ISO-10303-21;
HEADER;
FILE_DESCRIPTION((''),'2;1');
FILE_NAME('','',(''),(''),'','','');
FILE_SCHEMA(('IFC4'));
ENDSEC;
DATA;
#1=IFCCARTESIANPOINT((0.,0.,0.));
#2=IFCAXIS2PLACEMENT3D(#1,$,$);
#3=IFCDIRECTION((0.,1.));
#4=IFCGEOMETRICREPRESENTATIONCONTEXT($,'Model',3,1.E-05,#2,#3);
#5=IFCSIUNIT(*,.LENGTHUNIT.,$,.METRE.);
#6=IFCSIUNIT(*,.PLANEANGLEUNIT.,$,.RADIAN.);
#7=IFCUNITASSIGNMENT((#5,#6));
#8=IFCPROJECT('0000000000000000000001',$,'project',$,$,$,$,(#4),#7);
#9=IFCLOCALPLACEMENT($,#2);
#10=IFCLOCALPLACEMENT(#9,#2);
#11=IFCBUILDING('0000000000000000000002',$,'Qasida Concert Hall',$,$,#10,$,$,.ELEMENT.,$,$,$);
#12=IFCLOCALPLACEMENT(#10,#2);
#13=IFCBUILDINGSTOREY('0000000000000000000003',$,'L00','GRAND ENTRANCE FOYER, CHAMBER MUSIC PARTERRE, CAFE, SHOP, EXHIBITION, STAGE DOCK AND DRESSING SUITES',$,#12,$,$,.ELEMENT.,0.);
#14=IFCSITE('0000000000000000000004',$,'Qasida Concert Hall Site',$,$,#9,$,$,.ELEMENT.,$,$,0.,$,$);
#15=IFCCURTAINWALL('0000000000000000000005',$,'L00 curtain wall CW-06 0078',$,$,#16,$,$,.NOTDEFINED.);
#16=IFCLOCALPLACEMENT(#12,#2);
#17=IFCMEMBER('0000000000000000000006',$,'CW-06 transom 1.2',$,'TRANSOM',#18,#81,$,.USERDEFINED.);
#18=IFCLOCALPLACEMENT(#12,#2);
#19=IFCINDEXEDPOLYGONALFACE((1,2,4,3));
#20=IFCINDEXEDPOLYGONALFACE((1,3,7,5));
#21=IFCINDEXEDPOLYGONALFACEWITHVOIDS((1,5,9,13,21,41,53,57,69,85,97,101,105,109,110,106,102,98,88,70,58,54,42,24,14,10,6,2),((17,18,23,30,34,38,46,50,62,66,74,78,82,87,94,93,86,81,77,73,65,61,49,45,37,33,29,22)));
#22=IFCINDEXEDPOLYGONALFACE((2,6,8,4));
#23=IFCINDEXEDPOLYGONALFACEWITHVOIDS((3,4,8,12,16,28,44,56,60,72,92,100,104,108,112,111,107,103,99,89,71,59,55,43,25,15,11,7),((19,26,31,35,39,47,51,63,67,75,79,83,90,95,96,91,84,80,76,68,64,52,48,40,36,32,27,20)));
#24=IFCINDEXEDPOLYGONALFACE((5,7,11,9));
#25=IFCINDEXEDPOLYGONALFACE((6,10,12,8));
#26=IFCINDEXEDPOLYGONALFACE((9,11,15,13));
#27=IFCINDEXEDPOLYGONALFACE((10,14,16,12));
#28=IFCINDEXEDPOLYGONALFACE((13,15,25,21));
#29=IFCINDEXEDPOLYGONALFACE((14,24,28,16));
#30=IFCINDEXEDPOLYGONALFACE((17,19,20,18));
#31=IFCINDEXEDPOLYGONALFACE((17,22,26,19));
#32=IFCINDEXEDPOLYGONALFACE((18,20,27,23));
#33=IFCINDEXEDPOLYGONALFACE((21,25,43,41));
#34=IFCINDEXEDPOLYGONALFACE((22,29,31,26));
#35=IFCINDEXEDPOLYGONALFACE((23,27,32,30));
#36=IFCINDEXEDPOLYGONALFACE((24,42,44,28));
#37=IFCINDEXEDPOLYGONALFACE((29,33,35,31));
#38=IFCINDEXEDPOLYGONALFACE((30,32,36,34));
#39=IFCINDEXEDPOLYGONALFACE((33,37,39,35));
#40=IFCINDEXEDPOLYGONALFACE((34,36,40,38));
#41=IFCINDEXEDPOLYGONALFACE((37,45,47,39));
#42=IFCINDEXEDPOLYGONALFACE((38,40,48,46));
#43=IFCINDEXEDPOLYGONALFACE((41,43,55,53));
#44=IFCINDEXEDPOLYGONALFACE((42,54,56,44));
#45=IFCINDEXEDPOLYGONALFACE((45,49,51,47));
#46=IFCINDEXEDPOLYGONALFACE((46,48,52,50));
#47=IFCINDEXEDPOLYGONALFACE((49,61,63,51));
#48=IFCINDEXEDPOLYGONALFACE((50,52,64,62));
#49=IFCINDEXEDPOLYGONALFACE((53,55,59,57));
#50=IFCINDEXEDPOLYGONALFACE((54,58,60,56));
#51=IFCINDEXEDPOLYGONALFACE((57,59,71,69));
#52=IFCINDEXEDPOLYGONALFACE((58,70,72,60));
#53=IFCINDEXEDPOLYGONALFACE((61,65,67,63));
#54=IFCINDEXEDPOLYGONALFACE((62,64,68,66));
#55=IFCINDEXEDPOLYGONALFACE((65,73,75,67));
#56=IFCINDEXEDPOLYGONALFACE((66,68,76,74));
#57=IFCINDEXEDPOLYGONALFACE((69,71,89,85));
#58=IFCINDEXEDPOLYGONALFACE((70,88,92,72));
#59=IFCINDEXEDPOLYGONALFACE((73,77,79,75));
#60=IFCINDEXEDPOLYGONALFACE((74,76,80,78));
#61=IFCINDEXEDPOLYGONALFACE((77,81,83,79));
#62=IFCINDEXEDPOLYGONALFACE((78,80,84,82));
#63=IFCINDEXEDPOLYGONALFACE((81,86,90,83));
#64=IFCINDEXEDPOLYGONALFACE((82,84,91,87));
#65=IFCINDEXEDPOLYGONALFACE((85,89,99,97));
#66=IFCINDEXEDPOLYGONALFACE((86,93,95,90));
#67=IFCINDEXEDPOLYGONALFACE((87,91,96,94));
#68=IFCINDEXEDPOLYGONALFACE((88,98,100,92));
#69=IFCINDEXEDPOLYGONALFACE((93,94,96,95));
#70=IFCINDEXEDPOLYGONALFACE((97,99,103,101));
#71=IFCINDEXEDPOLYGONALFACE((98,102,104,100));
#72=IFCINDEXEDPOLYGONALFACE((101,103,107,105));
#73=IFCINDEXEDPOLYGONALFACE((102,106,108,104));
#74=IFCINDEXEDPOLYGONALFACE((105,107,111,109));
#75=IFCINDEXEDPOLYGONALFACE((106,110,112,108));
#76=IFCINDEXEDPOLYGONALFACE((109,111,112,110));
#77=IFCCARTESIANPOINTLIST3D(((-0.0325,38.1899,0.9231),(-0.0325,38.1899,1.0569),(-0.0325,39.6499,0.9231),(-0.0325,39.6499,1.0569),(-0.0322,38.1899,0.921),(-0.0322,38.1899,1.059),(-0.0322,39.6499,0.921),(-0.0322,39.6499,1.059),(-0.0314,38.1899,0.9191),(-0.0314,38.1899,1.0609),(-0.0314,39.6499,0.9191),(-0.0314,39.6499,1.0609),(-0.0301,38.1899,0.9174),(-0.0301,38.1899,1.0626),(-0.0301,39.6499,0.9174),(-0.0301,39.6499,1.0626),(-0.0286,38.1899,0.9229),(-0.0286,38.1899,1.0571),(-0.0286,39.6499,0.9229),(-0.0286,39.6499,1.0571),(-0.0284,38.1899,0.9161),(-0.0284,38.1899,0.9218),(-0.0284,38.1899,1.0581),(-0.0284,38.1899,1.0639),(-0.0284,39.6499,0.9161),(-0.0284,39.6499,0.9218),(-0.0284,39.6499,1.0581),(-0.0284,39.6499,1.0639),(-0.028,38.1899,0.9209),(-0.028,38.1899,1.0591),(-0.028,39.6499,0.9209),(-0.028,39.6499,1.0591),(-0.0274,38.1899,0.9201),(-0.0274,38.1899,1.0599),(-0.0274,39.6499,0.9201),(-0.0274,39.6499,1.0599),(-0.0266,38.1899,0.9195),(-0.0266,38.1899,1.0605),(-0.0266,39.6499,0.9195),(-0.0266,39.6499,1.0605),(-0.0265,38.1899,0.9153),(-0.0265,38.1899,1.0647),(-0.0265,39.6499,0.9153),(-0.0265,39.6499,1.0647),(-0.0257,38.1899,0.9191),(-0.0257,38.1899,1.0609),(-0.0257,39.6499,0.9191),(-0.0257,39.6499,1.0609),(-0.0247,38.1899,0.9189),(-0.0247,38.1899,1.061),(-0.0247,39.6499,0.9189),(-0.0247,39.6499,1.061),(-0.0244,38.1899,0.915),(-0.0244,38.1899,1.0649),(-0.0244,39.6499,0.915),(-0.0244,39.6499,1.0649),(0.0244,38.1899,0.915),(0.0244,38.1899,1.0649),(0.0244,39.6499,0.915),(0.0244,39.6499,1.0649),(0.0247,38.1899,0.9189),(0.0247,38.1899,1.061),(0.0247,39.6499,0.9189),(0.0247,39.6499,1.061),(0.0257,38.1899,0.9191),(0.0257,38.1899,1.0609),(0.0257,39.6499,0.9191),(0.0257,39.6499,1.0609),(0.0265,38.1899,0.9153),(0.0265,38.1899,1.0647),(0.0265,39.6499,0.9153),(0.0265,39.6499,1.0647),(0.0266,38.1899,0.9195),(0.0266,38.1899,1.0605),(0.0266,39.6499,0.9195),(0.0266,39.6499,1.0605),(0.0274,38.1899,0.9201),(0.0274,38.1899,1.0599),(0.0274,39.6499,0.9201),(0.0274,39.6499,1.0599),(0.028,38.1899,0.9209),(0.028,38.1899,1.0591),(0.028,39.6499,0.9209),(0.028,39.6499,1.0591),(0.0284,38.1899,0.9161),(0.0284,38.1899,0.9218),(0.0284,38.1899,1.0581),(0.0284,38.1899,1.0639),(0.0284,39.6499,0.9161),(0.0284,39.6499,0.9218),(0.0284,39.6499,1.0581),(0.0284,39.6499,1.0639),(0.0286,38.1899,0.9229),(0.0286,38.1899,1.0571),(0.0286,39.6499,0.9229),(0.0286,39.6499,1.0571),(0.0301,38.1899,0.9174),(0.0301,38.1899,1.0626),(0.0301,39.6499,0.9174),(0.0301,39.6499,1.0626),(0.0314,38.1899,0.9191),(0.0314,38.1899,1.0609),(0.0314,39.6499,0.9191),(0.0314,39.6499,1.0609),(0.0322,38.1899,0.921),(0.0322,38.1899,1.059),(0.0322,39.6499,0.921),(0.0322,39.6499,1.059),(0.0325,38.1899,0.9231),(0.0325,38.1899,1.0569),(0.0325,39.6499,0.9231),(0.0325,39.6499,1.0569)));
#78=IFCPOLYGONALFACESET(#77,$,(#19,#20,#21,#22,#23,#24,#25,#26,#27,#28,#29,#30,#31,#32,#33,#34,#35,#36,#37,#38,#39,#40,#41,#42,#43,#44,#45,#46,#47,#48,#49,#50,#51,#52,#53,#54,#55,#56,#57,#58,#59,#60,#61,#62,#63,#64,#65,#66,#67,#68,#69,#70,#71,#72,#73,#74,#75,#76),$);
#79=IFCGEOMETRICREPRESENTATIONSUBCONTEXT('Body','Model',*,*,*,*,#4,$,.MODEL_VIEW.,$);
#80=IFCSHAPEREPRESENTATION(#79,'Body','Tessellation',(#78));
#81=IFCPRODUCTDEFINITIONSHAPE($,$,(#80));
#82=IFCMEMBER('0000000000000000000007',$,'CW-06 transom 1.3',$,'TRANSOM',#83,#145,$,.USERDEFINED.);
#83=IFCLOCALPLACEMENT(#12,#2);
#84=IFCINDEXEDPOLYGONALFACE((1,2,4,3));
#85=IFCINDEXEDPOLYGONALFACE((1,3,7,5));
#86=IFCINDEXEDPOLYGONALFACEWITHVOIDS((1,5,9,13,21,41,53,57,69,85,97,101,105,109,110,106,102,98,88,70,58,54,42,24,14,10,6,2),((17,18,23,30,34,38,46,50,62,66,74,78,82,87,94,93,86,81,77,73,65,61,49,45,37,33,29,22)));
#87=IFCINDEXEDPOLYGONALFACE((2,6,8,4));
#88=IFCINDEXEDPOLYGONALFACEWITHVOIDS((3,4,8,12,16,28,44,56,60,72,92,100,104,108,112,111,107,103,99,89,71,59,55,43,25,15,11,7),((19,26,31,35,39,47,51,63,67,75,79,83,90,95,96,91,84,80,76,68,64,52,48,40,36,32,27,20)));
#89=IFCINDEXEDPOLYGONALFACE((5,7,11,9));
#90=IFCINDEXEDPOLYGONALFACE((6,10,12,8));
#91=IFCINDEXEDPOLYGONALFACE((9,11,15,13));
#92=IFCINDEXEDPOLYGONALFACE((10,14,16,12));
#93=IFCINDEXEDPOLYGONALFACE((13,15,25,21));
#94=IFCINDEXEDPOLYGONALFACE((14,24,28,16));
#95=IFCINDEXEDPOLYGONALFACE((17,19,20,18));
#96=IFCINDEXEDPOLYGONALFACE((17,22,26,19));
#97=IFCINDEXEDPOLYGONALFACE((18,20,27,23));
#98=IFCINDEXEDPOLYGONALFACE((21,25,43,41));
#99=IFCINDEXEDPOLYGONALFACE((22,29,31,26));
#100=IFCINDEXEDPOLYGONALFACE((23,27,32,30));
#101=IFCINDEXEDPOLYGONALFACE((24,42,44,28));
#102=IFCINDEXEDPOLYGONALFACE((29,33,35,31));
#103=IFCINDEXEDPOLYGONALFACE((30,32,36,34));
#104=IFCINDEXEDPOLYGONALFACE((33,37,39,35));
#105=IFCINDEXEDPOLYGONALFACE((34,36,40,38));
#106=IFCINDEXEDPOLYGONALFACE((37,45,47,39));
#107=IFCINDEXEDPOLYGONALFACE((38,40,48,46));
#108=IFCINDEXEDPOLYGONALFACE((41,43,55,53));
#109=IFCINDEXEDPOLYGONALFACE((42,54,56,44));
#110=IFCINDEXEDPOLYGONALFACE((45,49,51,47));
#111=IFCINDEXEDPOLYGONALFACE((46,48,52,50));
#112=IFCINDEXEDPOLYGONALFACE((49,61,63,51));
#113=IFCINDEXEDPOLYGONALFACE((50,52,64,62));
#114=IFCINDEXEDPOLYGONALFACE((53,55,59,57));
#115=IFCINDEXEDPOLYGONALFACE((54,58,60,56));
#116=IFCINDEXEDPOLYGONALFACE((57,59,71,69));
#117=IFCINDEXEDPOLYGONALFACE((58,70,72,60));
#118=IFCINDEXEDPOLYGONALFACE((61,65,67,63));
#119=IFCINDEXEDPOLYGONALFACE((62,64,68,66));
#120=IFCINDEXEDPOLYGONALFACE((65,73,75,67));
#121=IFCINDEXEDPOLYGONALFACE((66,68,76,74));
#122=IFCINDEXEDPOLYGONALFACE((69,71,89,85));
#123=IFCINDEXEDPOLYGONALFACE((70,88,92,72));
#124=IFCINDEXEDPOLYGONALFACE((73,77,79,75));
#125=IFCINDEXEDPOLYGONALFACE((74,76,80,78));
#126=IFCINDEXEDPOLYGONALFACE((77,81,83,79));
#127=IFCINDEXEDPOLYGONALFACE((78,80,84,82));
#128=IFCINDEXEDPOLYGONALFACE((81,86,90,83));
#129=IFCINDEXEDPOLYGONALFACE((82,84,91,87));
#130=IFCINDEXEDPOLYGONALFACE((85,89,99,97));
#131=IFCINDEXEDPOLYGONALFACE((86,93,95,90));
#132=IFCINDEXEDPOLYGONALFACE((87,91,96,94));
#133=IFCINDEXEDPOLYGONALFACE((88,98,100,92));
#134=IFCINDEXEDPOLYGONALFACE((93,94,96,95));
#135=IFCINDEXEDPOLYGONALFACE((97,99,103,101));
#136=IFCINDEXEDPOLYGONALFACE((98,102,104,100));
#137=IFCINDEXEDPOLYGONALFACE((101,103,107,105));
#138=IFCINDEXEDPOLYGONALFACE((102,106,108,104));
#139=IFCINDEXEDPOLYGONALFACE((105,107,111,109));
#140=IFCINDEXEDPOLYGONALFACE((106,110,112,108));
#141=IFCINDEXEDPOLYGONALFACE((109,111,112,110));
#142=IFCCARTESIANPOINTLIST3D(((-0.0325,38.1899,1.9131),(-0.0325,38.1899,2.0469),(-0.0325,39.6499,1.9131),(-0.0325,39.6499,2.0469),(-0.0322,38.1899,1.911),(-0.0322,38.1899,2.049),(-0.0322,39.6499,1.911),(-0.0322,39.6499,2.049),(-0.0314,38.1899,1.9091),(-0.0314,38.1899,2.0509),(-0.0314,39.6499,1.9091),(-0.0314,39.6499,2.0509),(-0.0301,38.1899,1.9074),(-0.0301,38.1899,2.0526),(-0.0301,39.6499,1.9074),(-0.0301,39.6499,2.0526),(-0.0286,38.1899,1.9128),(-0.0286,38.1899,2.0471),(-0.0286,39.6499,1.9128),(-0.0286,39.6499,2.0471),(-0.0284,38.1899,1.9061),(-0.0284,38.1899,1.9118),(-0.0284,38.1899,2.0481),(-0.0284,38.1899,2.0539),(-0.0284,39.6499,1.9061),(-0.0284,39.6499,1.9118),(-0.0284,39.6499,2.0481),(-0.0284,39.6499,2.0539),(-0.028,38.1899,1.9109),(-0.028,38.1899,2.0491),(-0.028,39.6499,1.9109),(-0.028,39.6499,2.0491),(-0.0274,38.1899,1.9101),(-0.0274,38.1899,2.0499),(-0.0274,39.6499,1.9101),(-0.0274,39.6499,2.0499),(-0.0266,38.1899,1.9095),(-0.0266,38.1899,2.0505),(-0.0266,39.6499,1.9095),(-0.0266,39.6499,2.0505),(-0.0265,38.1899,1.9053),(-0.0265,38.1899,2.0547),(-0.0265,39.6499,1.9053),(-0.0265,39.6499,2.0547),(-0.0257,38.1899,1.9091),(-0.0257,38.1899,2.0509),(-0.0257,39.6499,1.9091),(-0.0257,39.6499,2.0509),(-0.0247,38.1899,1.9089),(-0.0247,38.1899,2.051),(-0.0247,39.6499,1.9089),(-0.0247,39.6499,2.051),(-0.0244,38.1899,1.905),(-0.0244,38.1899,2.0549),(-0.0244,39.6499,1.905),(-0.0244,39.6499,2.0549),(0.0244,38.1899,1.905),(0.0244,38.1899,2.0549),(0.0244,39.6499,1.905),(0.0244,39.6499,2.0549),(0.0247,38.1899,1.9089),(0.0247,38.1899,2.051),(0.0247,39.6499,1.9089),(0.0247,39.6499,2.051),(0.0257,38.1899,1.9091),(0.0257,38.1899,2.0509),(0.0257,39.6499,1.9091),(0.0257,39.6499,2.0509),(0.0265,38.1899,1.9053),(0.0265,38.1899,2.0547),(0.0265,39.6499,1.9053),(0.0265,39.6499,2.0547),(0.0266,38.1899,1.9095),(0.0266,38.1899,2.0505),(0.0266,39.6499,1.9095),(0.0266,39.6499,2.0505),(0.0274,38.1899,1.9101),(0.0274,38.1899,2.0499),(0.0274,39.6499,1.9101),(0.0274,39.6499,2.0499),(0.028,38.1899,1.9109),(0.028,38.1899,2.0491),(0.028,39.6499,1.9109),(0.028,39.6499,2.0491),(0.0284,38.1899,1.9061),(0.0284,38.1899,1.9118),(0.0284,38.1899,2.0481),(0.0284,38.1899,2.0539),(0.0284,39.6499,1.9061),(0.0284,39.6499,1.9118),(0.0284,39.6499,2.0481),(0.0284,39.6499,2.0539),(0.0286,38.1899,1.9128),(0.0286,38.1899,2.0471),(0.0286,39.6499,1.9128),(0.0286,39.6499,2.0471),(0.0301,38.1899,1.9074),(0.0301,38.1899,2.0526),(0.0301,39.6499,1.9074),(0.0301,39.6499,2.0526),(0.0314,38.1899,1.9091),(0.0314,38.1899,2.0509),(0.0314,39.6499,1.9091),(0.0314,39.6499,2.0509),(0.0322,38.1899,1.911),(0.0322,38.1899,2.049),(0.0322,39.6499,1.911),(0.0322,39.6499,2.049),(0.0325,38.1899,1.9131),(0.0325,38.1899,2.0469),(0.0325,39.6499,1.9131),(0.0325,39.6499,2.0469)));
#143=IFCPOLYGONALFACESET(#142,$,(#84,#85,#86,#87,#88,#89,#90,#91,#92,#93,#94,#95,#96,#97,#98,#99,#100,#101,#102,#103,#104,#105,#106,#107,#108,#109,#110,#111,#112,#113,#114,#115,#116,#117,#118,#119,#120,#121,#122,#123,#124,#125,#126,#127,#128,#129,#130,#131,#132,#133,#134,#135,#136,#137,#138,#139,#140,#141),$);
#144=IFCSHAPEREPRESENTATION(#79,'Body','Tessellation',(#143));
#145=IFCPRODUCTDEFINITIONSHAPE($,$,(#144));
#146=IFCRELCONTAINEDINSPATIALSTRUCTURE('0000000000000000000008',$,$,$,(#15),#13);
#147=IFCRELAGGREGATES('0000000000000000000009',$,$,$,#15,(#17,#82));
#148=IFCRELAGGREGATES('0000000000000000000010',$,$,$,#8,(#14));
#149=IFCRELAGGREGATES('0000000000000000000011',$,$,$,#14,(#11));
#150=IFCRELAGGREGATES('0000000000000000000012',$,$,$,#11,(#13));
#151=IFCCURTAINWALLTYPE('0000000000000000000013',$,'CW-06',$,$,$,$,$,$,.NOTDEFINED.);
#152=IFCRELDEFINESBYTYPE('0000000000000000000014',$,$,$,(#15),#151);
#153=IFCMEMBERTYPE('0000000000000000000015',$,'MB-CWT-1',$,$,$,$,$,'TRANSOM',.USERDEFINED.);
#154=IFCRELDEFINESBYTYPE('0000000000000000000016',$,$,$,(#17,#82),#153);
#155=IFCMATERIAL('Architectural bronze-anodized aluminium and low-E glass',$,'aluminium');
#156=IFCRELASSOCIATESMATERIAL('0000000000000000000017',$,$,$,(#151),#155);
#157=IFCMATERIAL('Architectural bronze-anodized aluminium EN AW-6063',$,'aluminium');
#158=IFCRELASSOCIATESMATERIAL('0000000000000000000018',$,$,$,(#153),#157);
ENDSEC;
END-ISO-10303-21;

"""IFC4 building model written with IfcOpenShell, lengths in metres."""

from ifc_helpers import new_model, si_unit, direction, frame, origin, origin_2d, place, context, subcontext, project, spatial, hollow_rectangle, extrude, material, material_profile, profile_set, type_object, element, aggregate, save


model = new_model("IFC4")

# Units and contexts
model_context = context("Model", 3, precision=1e-05, world=origin(), true_north=direction((0.0, 1.0)))
body_context = subcontext(model_context, "Body", "Model", "MODEL_VIEW")
ifc_project = project(units=[si_unit("LENGTHUNIT", "METRE"), si_unit("PLANEANGLEUNIT", "RADIAN")], contexts=[model_context])

# Site, building, storey
site_placement = place(None, origin())
site = spatial("IfcSite", under=ifc_project, at=site_placement, Name="Qasida Concert Hall Site", CompositionType="ELEMENT", RefElevation=0.0)
building_placement = place(site_placement, origin())
building = spatial("IfcBuilding", under=site, at=building_placement, Name="Qasida Concert Hall", CompositionType="ELEMENT")
storey_placement = place(building_placement, origin())
storey = spatial("IfcBuildingStorey", under=building, at=storey_placement, Name="L00", Description="GRAND ENTRANCE FOYER, CHAMBER MUSIC PARTERRE, CAFE, SHOP, EXHIBITION, STAGE DOCK AND DRESSING SUITES", CompositionType="ELEMENT", Elevation=0.0)

# Curtain wall, members
ifc_material_1 = material(Name="Architectural bronze-anodized aluminium and low-E glass", Category="aluminium")
curtain_wall_type = type_object("IfcCurtainWallType", Name="CW-06", PredefinedType="NOTDEFINED", material=ifc_material_1)
curtain_wall_placement = place(storey_placement, origin())
curtain_wall = element("IfcCurtainWall", 1, at=curtain_wall_placement, inside=storey, type_object=curtain_wall_type, Name="L00 curtain wall CW-06 0078", PredefinedType="NOTDEFINED")
ifc_material_2 = material(Name="Architectural bronze-anodized aluminium EN AW-6063", Category="aluminium")
ifc_material_profile_1 = material_profile(ifc_material_2, hollow_rectangle(XDim=0.0649, YDim=0.1499, WallThickness=0.0039, InnerFilletRadius=0.0039, OuterFilletRadius=0.0081, at=origin_2d()), Name="CWT 150x65x4")
ifc_profile_set_1 = profile_set([ifc_material_profile_1], Name="Architectural bronze-anodized aluminium EN AW-6063")
member_type_1 = type_object("IfcMemberType", Name="MB-CWT-1", ElementType="TRANSOM", PredefinedType="USERDEFINED", material=ifc_profile_set_1)
member_1_placement = place(storey_placement, frame((0.0, 38.1899, 0.99), z_axis=(0.0, 1.0, 0.0), x_axis=(-1.0, 0.0, 0.0)))
member_1 = element("IfcMember", 2, at=member_1_placement, type_object=member_type_1, Name="CW-06 transom 1.2", ObjectType="TRANSOM", PredefinedType="USERDEFINED", context=body_context, shape_type="SweptSolid", body=[
    extrude(hollow_rectangle(XDim=0.0649, YDim=0.1499, WallThickness=0.0039, InnerFilletRadius=0.0039, OuterFilletRadius=0.0081, at=origin_2d()), origin(), (0.0, 0.0, 1.0), 1.46),
])
member_2_placement = place(storey_placement, frame((0.0, 38.1899, 1.98), z_axis=(0.0, 1.0, 0.0), x_axis=(-1.0, 0.0, 0.0)))
member_2 = element("IfcMember", 3, at=member_2_placement, type_object=member_type_1, Name="CW-06 transom 1.3", ObjectType="TRANSOM", PredefinedType="USERDEFINED", context=body_context, shape_type="SweptSolid", body=[
    extrude(hollow_rectangle(XDim=0.0649, YDim=0.1499, WallThickness=0.0039, InnerFilletRadius=0.0039, OuterFilletRadius=0.0081, at=origin_2d()), origin(), (0.0, 0.0, 1.0), 1.46),
])
aggregate(curtain_wall, [member_1, member_2])

save(model, "model.ifc")
